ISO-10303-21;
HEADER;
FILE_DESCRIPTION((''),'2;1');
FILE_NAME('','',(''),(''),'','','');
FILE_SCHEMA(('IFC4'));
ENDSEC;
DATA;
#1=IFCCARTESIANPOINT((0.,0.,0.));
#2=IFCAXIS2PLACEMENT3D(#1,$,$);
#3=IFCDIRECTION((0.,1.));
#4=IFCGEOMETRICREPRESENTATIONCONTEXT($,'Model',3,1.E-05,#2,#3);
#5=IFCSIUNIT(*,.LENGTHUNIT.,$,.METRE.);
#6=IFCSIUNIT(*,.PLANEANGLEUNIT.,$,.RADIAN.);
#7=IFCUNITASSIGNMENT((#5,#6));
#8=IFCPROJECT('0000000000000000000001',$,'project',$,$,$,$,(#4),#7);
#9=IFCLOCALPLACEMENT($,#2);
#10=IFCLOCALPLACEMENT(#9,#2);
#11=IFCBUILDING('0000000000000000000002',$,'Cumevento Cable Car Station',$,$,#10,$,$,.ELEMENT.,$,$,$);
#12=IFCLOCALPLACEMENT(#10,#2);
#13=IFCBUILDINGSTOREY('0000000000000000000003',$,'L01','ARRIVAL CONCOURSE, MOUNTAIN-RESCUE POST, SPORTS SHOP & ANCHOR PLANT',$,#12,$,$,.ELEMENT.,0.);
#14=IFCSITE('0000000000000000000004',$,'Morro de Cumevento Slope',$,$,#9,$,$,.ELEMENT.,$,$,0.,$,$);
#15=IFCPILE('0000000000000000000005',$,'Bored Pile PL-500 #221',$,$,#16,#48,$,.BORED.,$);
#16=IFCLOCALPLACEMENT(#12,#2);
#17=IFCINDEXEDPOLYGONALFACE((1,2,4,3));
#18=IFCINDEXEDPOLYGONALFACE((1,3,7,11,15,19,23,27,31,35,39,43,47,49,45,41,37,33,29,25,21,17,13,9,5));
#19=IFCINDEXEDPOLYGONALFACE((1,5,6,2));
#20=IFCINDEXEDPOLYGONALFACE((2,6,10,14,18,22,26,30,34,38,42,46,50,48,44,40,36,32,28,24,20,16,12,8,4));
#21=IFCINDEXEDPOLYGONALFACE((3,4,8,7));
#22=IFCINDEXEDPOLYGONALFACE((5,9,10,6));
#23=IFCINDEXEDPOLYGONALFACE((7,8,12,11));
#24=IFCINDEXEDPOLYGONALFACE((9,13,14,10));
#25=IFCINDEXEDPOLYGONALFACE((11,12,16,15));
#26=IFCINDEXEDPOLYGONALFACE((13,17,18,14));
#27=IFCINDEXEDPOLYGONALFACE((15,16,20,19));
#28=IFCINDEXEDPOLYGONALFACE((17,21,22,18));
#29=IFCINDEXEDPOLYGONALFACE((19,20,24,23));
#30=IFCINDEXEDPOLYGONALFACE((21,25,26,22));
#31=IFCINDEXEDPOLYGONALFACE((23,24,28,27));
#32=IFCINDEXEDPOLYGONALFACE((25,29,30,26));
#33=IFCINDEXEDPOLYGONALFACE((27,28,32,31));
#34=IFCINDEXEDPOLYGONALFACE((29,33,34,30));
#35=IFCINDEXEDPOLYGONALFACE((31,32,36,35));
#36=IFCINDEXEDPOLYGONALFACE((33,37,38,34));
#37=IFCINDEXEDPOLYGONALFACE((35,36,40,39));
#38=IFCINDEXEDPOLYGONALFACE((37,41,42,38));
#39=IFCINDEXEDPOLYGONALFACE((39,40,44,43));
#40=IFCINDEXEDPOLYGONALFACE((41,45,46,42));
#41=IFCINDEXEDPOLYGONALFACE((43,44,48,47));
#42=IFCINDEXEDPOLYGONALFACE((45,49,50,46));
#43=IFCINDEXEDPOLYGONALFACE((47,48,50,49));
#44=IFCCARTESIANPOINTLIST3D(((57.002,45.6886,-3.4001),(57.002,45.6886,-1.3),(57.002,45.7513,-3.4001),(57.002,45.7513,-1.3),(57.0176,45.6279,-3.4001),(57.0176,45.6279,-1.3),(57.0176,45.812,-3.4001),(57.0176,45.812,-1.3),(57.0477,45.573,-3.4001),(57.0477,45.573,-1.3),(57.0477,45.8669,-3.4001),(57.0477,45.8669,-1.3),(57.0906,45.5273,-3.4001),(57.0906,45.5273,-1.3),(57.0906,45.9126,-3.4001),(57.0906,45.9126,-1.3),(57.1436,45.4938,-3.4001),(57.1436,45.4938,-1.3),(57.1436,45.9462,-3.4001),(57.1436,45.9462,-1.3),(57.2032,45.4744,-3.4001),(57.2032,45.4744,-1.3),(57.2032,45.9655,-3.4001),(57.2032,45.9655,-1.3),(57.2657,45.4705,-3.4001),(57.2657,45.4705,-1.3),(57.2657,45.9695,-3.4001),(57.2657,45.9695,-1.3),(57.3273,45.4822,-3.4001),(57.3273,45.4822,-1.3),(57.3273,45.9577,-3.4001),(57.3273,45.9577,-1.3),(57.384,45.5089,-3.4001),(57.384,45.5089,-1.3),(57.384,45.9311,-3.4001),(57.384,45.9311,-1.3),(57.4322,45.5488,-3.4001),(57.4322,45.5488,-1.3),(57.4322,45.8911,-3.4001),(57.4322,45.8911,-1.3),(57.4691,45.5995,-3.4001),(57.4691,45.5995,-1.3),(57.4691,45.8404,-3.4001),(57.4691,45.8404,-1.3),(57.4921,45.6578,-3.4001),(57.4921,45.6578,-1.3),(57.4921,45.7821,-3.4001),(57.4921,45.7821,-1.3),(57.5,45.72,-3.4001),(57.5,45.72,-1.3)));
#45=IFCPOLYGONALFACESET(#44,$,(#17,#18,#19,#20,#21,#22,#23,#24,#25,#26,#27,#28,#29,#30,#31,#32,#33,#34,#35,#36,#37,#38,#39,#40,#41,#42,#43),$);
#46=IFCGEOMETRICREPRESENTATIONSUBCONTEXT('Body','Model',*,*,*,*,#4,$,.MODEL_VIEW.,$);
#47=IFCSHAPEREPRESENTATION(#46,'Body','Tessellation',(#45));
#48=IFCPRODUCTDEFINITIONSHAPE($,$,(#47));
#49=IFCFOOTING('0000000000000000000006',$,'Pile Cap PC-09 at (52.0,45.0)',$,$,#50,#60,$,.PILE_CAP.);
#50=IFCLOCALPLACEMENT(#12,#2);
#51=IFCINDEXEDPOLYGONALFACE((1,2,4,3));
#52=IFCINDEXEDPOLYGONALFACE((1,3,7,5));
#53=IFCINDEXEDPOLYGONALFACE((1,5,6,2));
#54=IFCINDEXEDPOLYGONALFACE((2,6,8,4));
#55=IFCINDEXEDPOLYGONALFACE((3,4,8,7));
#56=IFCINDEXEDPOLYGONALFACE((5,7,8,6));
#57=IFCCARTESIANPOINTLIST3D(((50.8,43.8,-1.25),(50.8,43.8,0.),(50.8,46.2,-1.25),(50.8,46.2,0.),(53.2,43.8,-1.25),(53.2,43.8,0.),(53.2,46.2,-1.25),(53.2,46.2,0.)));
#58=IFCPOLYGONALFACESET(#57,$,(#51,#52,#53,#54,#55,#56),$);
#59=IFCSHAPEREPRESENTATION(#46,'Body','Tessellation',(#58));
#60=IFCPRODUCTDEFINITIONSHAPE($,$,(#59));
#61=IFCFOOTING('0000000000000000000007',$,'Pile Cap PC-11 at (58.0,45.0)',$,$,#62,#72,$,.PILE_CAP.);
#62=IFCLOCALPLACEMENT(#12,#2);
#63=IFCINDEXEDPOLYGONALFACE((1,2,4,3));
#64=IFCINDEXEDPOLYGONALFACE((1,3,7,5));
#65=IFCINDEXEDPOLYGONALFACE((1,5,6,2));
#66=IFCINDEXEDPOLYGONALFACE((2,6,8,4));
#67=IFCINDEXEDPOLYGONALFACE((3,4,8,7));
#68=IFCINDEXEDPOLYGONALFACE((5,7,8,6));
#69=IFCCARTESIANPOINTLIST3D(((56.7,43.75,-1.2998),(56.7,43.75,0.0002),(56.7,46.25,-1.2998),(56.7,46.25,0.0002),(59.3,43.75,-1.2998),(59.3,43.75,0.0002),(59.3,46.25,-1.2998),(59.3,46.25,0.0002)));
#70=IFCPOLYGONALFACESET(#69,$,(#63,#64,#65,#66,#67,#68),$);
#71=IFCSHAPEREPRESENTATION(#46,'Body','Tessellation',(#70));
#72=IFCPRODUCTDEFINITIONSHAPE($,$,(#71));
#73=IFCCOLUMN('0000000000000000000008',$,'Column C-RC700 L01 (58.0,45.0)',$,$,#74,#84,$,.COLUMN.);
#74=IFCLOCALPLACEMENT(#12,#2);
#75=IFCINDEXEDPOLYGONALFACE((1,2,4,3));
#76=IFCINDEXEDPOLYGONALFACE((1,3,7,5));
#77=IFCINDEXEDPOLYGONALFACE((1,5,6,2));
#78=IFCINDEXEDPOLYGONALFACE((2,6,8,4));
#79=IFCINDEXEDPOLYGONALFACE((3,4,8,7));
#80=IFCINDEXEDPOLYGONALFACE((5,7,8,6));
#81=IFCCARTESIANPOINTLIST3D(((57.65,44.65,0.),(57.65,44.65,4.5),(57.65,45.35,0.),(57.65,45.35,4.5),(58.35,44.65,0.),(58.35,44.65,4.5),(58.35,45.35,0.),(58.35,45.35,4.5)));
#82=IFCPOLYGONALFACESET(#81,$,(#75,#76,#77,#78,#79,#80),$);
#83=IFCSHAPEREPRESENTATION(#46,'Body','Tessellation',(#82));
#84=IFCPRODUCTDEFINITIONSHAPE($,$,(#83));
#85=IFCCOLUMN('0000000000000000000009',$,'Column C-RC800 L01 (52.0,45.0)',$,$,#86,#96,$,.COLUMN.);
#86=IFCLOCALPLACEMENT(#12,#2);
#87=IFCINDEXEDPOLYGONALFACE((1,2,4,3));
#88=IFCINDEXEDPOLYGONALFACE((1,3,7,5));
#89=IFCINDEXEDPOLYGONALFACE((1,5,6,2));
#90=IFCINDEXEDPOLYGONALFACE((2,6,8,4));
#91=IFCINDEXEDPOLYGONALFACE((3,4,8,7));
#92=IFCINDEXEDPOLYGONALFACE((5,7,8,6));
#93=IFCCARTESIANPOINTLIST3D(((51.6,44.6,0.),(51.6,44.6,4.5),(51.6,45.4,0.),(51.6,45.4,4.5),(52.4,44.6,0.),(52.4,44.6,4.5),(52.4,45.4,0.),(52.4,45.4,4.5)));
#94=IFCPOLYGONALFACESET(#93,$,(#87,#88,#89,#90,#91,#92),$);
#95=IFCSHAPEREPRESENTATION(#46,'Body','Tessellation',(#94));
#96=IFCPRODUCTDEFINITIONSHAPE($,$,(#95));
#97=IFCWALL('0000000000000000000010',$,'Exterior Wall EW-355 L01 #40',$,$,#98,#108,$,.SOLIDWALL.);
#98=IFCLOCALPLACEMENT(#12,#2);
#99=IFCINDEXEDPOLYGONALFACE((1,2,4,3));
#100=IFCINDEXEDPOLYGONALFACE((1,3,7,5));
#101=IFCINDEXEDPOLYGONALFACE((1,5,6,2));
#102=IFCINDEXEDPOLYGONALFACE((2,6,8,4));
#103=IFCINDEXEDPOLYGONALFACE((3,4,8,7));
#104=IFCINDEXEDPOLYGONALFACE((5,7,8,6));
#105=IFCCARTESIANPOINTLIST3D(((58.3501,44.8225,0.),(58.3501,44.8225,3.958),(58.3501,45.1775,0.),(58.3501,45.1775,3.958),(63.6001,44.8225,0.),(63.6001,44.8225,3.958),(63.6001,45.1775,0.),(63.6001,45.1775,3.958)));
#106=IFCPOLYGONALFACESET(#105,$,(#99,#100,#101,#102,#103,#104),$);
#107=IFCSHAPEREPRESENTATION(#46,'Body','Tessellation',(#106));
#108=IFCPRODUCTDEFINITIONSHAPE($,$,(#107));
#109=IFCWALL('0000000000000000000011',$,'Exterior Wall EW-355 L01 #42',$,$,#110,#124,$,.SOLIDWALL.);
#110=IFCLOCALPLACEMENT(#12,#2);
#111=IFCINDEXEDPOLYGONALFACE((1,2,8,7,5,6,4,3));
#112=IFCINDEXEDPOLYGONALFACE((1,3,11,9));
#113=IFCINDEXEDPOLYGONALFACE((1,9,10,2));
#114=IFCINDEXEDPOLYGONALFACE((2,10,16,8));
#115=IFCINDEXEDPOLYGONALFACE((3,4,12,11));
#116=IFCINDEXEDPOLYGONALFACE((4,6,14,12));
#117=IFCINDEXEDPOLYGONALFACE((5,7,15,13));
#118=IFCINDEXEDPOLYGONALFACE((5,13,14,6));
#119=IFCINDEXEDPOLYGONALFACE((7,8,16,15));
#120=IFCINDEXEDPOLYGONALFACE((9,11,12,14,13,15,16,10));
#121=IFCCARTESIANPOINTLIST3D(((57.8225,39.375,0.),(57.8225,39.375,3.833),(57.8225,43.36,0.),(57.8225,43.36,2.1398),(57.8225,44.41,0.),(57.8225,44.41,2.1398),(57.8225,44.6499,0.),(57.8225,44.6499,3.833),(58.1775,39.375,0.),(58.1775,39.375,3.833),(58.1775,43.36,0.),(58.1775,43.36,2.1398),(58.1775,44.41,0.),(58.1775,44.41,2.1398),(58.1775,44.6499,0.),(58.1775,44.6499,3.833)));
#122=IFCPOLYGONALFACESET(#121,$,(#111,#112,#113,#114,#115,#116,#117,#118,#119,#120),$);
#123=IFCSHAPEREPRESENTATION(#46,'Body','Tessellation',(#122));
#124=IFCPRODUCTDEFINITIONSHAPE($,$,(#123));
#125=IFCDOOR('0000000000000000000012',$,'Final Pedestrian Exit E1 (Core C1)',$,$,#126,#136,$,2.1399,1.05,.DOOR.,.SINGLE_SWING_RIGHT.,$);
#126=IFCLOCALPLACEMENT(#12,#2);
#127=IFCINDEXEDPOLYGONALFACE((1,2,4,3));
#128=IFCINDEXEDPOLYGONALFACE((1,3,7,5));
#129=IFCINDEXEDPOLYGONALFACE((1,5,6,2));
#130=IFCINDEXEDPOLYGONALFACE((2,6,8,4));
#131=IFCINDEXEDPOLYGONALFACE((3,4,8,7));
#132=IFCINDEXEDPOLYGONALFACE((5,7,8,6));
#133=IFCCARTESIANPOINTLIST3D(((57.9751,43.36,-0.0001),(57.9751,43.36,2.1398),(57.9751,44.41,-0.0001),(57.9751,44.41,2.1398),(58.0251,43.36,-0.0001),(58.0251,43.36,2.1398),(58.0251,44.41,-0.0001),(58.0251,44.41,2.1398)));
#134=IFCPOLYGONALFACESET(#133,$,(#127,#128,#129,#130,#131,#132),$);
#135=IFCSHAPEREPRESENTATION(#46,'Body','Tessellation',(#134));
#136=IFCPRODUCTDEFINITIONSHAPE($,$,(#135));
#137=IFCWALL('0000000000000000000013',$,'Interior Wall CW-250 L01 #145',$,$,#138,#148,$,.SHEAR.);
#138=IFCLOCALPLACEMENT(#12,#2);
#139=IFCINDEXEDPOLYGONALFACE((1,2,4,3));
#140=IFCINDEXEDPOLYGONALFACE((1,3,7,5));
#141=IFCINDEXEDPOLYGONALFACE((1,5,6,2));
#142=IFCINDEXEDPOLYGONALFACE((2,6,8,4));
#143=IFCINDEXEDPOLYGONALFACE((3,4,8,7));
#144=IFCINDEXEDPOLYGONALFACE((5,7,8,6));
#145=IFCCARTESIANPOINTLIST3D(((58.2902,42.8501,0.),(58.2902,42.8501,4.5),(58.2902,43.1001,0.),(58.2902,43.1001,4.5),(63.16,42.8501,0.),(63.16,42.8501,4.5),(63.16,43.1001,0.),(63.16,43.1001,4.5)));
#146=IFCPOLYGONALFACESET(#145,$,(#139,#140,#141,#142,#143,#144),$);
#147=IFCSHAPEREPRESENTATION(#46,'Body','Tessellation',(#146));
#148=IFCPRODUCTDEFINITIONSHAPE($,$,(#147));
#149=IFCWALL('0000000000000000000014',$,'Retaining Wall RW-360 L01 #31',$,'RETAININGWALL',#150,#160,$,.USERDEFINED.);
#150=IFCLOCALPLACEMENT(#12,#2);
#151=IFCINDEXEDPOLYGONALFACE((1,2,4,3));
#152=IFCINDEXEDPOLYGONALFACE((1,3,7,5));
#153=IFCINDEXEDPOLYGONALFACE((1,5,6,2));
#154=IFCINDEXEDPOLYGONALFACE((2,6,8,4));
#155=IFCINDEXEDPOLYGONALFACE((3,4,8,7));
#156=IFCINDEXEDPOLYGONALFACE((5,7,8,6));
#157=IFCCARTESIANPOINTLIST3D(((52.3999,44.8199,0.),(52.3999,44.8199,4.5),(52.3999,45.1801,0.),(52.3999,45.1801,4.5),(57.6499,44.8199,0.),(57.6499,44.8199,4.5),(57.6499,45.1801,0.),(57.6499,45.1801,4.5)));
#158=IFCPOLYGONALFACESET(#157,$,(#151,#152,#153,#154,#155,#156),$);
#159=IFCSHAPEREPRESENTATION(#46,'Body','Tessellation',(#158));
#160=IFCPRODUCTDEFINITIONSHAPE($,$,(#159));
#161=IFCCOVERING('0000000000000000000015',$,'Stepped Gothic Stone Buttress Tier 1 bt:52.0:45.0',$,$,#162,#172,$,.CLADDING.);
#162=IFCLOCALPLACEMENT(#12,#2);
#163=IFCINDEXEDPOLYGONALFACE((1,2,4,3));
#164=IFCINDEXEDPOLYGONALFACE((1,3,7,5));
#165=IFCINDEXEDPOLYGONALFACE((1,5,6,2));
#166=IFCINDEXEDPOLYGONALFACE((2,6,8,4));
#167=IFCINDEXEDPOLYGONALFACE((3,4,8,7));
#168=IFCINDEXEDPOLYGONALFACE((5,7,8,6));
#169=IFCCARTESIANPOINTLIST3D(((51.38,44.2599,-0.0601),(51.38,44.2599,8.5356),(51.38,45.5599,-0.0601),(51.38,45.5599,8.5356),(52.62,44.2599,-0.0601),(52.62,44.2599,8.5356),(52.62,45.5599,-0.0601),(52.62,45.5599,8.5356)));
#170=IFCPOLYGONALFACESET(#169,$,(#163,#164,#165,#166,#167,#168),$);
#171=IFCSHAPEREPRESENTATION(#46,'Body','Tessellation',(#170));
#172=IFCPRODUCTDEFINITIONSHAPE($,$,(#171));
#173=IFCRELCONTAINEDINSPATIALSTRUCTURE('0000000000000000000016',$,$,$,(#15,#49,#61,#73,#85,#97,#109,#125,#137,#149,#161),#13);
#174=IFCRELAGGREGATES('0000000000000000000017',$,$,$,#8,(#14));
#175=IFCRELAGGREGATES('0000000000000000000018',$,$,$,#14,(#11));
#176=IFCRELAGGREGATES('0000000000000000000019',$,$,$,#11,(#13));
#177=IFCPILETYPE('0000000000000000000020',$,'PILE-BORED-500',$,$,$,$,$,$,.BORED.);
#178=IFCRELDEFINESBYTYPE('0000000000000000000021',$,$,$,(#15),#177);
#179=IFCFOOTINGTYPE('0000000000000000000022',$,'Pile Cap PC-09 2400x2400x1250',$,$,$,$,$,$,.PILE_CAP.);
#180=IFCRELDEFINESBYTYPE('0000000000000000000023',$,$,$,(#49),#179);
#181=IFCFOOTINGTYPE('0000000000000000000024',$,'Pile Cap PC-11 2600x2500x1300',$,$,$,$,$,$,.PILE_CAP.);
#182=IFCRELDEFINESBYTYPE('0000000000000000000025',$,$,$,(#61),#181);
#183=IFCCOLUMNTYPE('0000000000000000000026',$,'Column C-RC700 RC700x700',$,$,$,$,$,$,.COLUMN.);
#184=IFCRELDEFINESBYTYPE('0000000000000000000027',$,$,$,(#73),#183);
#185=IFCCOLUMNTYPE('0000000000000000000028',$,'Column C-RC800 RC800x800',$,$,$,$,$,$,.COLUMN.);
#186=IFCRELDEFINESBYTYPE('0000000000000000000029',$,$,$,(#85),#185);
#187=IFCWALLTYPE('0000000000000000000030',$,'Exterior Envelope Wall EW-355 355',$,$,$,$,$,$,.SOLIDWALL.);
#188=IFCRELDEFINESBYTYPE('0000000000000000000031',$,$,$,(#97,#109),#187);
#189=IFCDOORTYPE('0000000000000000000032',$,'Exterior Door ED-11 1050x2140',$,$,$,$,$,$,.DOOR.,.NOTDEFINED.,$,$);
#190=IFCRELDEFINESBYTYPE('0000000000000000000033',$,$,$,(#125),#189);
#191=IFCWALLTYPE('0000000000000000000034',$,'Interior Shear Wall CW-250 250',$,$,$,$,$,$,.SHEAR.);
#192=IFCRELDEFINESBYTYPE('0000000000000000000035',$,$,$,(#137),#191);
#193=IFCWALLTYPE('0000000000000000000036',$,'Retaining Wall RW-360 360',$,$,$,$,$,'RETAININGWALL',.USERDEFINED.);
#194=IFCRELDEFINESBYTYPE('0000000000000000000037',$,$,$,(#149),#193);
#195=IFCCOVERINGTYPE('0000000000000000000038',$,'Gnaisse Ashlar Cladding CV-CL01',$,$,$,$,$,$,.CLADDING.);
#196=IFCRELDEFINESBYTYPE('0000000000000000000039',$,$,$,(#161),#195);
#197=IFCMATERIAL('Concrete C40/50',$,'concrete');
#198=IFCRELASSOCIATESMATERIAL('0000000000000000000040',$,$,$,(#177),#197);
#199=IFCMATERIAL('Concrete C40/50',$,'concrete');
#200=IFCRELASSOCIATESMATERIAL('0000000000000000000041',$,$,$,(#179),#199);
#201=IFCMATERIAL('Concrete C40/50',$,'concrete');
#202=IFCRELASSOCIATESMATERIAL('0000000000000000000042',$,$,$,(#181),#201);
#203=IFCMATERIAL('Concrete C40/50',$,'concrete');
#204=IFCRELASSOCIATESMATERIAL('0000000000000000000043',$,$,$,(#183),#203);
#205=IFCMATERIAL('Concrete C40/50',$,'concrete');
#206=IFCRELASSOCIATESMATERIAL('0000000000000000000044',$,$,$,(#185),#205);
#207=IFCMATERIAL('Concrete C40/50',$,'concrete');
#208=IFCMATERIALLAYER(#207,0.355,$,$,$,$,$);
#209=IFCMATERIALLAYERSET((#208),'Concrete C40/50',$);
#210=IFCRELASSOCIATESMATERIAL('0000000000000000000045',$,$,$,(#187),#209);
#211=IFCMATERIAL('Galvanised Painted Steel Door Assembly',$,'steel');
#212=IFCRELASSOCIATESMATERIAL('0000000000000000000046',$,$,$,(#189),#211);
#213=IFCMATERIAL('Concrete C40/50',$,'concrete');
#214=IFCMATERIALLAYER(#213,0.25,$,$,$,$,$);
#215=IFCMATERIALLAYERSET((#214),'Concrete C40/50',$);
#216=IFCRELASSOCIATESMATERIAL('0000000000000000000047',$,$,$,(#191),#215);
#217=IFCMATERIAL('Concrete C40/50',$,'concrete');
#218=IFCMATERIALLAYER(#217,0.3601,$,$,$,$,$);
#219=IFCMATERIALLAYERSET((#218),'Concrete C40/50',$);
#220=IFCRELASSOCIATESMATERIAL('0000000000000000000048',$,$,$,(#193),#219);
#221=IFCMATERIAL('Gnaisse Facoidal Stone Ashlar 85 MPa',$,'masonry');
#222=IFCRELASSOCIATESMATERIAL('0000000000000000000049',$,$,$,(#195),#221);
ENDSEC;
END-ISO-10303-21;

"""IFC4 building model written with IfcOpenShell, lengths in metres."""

from ifc_helpers import new_model, si_unit, direction, frame, frame_2d, origin, origin_2d, place, context, subcontext, project, spatial, rectangle, circle, extrude, material, layer, layer_set, material_profile, profile_set, type_object, element, fill, save


model = new_model("IFC4")

# Units and contexts
model_context = context("Model", 3, precision=1e-05, world=origin(), true_north=direction((0.0, 1.0)))
body_context = subcontext(model_context, "Body", "Model", "MODEL_VIEW")
ifc_project = project(units=[si_unit("LENGTHUNIT", "METRE"), si_unit("PLANEANGLEUNIT", "RADIAN")], contexts=[model_context])

# Site, building, storey
site_placement = place(None, origin())
site = spatial("IfcSite", under=ifc_project, at=site_placement, Name="Morro de Cumevento Slope", CompositionType="ELEMENT", RefElevation=0.0)
building_placement = place(site_placement, origin())
building = spatial("IfcBuilding", under=site, at=building_placement, Name="Cumevento Cable Car Station", CompositionType="ELEMENT")
storey_placement = place(building_placement, origin())
storey = spatial("IfcBuildingStorey", under=building, at=storey_placement, Name="L01", Description="ARRIVAL CONCOURSE, MOUNTAIN-RESCUE POST, SPORTS SHOP & ANCHOR PLANT", CompositionType="ELEMENT", Elevation=0.0)

# Pile
ifc_material_1 = material(Name="Concrete C40/50", Category="concrete")
ifc_material_profile_1 = material_profile(ifc_material_1, circle(Radius=0.25, at=origin_2d()), Name="PILE-D500")
ifc_profile_set_1 = profile_set([ifc_material_profile_1], Name="Concrete C40/50")
pile_type_1 = type_object("IfcPileType", Name="PILE-BORED-500", PredefinedType="BORED", material=ifc_profile_set_1)
for number, where, z_axis, x_axis, name in (
    (1, (57.25, 45.72, -1.3), (0.0, 0.0, -1.0), (1.0, 0.0, 0.0), "Bored Pile PL-500 #221"),
):
    element("IfcPile", number, at=place(storey_placement, frame(where, z_axis=z_axis, x_axis=x_axis)), inside=storey, type_object=pile_type_1, Name=name, PredefinedType="BORED", context=body_context, shape_type="SweptSolid", body=[
        extrude(circle(Radius=0.25, at=origin_2d()), origin(), (0.0, 0.0, 1.0), 2.1001),
    ])

# Footings
ifc_material_2 = material(Name="Concrete C40/50", Category="concrete")
footing_type_1 = type_object("IfcFootingType", Name="Pile Cap PC-09 2400x2400x1250", PredefinedType="PILE_CAP", material=ifc_material_2)
footing_1_placement = place(storey_placement, frame((52.0, 45.0, -1.25), z_axis=(0.0, 0.0, 1.0), x_axis=(1.0, 0.0, 0.0)))
element("IfcFooting", 2, at=footing_1_placement, inside=storey, type_object=footing_type_1, Name="Pile Cap PC-09 at (52.0,45.0)", PredefinedType="PILE_CAP", context=body_context, shape_type="SweptSolid", body=[
    extrude(rectangle(XDim=2.3999, YDim=2.3999, at=origin_2d()), origin(), (0.0, 0.0, 1.0), 1.25),
])
ifc_material_3 = material(Name="Concrete C40/50", Category="concrete")
footing_type_2 = type_object("IfcFootingType", Name="Pile Cap PC-11 2600x2500x1300", PredefinedType="PILE_CAP", material=ifc_material_3)
footing_2_placement = place(storey_placement, frame((58.0, 45.0, -1.2998), z_axis=(0.0, 0.0, 1.0), x_axis=(1.0, 0.0, 0.0)))
element("IfcFooting", 3, at=footing_2_placement, inside=storey, type_object=footing_type_2, Name="Pile Cap PC-11 at (58.0,45.0)", PredefinedType="PILE_CAP", context=body_context, shape_type="SweptSolid", body=[
    extrude(rectangle(XDim=2.6001, YDim=2.5, at=origin_2d()), origin(), (0.0, 0.0, 1.0), 1.3),
])

# Columns
ifc_material_4 = material(Name="Concrete C40/50", Category="concrete")
ifc_material_profile_2 = material_profile(ifc_material_4, rectangle(XDim=0.7, YDim=0.7, at=origin_2d()), Name="RC700x700")
ifc_profile_set_2 = profile_set([ifc_material_profile_2], Name="Concrete C40/50")
column_type_1 = type_object("IfcColumnType", Name="Column C-RC700 RC700x700", PredefinedType="COLUMN", material=ifc_profile_set_2)
column_1_placement = place(storey_placement, frame((58.0, 45.0, 0.0), z_axis=(0.0, 0.0, 1.0), x_axis=(1.0, 0.0, 0.0)))
element("IfcColumn", 4, at=column_1_placement, inside=storey, type_object=column_type_1, Name="Column C-RC700 L01 (58.0,45.0)", PredefinedType="COLUMN", context=body_context, shape_type="SweptSolid", body=[
    extrude(rectangle(XDim=0.7, YDim=0.7, at=origin_2d()), origin(), (0.0, 0.0, 1.0), 4.5),
])
ifc_material_5 = material(Name="Concrete C40/50", Category="concrete")
ifc_material_profile_3 = material_profile(ifc_material_5, rectangle(XDim=0.8, YDim=0.8, at=origin_2d()), Name="RC800x800")
ifc_profile_set_3 = profile_set([ifc_material_profile_3], Name="Concrete C40/50")
column_type_2 = type_object("IfcColumnType", Name="Column C-RC800 RC800x800", PredefinedType="COLUMN", material=ifc_profile_set_3)
column_2_placement = place(storey_placement, frame((52.0, 45.0, 0.0), z_axis=(0.0, 0.0, 1.0), x_axis=(1.0, 0.0, 0.0)))
element("IfcColumn", 5, at=column_2_placement, inside=storey, type_object=column_type_2, Name="Column C-RC800 L01 (52.0,45.0)", PredefinedType="COLUMN", context=body_context, shape_type="SweptSolid", body=[
    extrude(rectangle(XDim=0.8, YDim=0.8, at=origin_2d()), origin(), (0.0, 0.0, 1.0), 4.5),
])

# Wall
ifc_material_6 = material(Name="Concrete C40/50", Category="concrete")
ifc_layer_1 = layer(ifc_material_6, 0.355)
ifc_layer_set_1 = layer_set([ifc_layer_1], Name="Concrete C40/50")
wall_type_1 = type_object("IfcWallType", Name="Exterior Envelope Wall EW-355 355", PredefinedType="SOLIDWALL", material=ifc_layer_set_1)
wall_1_placement = place(storey_placement, frame((58.3501, 45.0, 0.0), z_axis=(0.0, 0.0, 1.0), x_axis=(1.0, 0.0, 0.0)))
element("IfcWall", 6, at=wall_1_placement, inside=storey, type_object=wall_type_1, Name="Exterior Wall EW-355 L01 #40", PredefinedType="SOLIDWALL", context=body_context, shape_type="SweptSolid", body=[
    extrude(rectangle(XDim=5.25, YDim=0.355, at=frame_2d((2.625, 0.0))), origin(), (0.0, 0.0, 1.0), 3.958),
])

# Wall, opening, door
wall_2_placement = place(storey_placement, frame((58.0, 39.375, 0.0), z_axis=(0.0, 0.0, 1.0), x_axis=(0.0, 1.0, 0.0)))
wall_2 = element("IfcWall", 7, at=wall_2_placement, inside=storey, type_object=wall_type_1, Name="Exterior Wall EW-355 L01 #42", PredefinedType="SOLIDWALL", context=body_context, shape_type="SweptSolid", body=[
    extrude(rectangle(XDim=5.2749, YDim=0.355, at=frame_2d((2.6375, 0.0))), origin(), (0.0, 0.0, 1.0), 3.833),
])
opening_placement = place(wall_2_placement, frame((3.9851, 0.0, 0.0)))
opening = element("IfcOpeningElement", 8, at=opening_placement, cuts=wall_2, PredefinedType="OPENING", context=body_context, shape_type="SweptSolid", body=[
    extrude(rectangle(XDim=1.05, YDim=2.1399, at=frame_2d((0.5249, 1.0698))), frame((0.0, 0.1875, 0.0), z_axis=(0.0, -1.0, 0.0), x_axis=(1.0, 0.0, 0.0)), (0.0, 0.0, 1.0), 0.375),
])
ifc_material_7 = material(Name="Galvanised Painted Steel Door Assembly", Category="steel")
door_type = type_object("IfcDoorType", Name="Exterior Door ED-11 1050x2140", OperationType="NOTDEFINED", PredefinedType="DOOR", material=ifc_material_7)
door_placement = place(opening_placement, origin())
door = element("IfcDoor", 9, at=door_placement, inside=storey, type_object=door_type, Name="Final Pedestrian Exit E1 (Core C1)", OperationType="SINGLE_SWING_RIGHT", OverallHeight=2.1399, OverallWidth=1.05, PredefinedType="DOOR", context=body_context, shape_type="SweptSolid", body=[
    extrude(rectangle(XDim=1.05, YDim=2.1399, at=frame_2d((0.5249, 1.0698))), frame((0.0, 0.0249, 0.0), z_axis=(0.0, -1.0, 0.0), x_axis=(1.0, 0.0, 0.0)), (0.0, 0.0, 1.0), 0.05),
])
fill(opening, door)

# Walls
ifc_material_8 = material(Name="Concrete C40/50", Category="concrete")
ifc_layer_2 = layer(ifc_material_8, 0.25)
ifc_layer_set_2 = layer_set([ifc_layer_2], Name="Concrete C40/50")
wall_type_2 = type_object("IfcWallType", Name="Interior Shear Wall CW-250 250", PredefinedType="SHEAR", material=ifc_layer_set_2)
wall_3_placement = place(storey_placement, frame((58.29, 42.9751, 0.0), z_axis=(0.0, 0.0, 1.0), x_axis=(1.0, 0.0, 0.0)))
element("IfcWall", 10, at=wall_3_placement, inside=storey, type_object=wall_type_2, Name="Interior Wall CW-250 L01 #145", PredefinedType="SHEAR", context=body_context, shape_type="SweptSolid", body=[
    extrude(rectangle(XDim=4.8699, YDim=0.25, at=frame_2d((2.4351, 0.0))), origin(), (0.0, 0.0, 1.0), 4.5),
])
ifc_material_9 = material(Name="Concrete C40/50", Category="concrete")
ifc_layer_3 = layer(ifc_material_9, 0.3601)
ifc_layer_set_3 = layer_set([ifc_layer_3], Name="Concrete C40/50")
wall_type_3 = type_object("IfcWallType", Name="Retaining Wall RW-360 360", ElementType="RETAININGWALL", PredefinedType="USERDEFINED", material=ifc_layer_set_3)
wall_4_placement = place(storey_placement, frame((52.3999, 45.0, 0.0), z_axis=(0.0, 0.0, 1.0), x_axis=(1.0, 0.0, 0.0)))
element("IfcWall", 11, at=wall_4_placement, inside=storey, type_object=wall_type_3, Name="Retaining Wall RW-360 L01 #31", ObjectType="RETAININGWALL", PredefinedType="USERDEFINED", context=body_context, shape_type="SweptSolid", body=[
    extrude(rectangle(XDim=5.25, YDim=0.3601, at=frame_2d((2.625, 0.0))), origin(), (0.0, 0.0, 1.0), 4.5),
])

# Covering
ifc_material_10 = material(Name="Gnaisse Facoidal Stone Ashlar 85 MPa", Category="masonry")
covering_type = type_object("IfcCoveringType", Name="Gnaisse Ashlar Cladding CV-CL01", PredefinedType="CLADDING", material=ifc_material_10)
for number, where, z_axis, x_axis, name in (
    (12, (52.0, 44.9099, -0.0601), (0.0, 0.0, 1.0), (1.0, 0.0, 0.0), "Stepped Gothic Stone Buttress Tier 1 bt:52.0:45.0"),
):
    element("IfcCovering", number, at=place(storey_placement, frame(where, z_axis=z_axis, x_axis=x_axis)), inside=storey, type_object=covering_type, Name=name, PredefinedType="CLADDING", context=body_context, shape_type="SweptSolid", body=[
        extrude(rectangle(XDim=1.24, YDim=1.3, at=origin_2d()), origin(), (0.0, 0.0, 1.0), 8.5957),
    ])

save(model, "model.ifc")
